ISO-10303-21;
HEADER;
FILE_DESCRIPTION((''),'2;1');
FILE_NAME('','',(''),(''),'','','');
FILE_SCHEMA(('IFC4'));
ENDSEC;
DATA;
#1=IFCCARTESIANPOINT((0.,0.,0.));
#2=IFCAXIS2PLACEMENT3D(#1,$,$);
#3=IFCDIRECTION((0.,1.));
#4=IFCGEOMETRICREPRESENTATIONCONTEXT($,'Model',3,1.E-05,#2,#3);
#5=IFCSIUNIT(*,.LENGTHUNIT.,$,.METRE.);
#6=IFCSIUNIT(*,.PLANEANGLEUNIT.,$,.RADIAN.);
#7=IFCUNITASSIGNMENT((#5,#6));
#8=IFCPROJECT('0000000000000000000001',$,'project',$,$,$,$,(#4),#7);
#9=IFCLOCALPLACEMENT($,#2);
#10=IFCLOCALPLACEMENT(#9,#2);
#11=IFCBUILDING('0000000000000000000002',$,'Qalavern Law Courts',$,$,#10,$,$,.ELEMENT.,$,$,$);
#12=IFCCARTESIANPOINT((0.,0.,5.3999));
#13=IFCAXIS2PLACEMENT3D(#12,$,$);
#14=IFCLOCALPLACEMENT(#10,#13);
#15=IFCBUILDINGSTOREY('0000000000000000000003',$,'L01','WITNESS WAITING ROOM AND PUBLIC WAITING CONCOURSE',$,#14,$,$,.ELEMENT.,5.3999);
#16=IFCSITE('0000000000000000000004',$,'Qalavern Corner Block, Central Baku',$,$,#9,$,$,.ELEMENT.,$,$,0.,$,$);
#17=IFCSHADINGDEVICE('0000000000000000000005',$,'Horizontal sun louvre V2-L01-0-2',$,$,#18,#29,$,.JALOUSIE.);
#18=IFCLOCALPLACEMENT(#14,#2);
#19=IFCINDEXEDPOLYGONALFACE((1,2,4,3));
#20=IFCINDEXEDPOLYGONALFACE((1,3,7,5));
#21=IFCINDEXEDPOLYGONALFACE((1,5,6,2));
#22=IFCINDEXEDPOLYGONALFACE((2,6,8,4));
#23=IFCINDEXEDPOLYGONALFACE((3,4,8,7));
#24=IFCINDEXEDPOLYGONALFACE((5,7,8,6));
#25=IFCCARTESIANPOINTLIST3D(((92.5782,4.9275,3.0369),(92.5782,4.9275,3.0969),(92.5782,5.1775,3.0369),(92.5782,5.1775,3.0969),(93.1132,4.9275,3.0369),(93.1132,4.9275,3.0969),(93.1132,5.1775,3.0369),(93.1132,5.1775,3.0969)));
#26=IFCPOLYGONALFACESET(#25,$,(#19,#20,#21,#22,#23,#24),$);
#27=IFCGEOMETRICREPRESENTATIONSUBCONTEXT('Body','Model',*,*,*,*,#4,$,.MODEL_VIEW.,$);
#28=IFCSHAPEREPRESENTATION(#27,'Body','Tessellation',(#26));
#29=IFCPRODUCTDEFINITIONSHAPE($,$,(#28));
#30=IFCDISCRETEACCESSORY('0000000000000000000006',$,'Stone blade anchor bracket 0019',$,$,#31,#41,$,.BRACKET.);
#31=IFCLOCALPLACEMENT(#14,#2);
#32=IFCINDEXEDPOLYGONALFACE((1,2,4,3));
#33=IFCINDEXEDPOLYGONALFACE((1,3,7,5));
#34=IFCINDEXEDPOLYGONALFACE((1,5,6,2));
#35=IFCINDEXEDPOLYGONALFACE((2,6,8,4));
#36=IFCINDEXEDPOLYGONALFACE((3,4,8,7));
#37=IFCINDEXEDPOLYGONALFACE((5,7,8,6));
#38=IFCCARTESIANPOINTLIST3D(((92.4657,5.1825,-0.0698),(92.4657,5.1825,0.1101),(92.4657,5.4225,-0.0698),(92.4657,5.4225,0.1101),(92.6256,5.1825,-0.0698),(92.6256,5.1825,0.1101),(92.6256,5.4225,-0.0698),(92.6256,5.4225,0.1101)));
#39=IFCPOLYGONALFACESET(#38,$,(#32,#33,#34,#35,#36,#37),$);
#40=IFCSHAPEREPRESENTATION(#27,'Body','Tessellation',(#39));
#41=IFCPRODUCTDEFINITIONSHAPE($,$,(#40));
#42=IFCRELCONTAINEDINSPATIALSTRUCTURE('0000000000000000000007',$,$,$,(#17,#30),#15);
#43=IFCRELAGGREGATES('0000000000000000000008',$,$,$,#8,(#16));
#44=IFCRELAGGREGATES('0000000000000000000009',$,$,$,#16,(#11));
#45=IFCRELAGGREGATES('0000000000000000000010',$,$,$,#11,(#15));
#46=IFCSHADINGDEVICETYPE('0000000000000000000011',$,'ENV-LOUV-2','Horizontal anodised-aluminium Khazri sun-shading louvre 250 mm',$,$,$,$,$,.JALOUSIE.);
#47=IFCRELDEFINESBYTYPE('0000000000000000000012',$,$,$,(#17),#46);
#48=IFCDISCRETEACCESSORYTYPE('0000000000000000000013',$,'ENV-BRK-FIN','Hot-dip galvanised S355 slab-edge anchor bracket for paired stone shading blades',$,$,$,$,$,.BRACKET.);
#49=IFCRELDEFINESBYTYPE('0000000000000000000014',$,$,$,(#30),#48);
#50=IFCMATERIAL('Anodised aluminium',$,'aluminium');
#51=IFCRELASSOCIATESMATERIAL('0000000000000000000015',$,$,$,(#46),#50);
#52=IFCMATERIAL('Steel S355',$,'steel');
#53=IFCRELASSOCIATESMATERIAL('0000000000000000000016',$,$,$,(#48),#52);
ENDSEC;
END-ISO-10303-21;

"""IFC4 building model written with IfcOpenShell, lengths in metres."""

from ifc_helpers import new_model, si_unit, direction, frame, origin, origin_2d, place, context, subcontext, project, spatial, rectangle, extrude, material, type_object, element, save


model = new_model("IFC4")

# Units and contexts
model_context = context("Model", 3, precision=1e-05, world=origin(), true_north=direction((0.0, 1.0)))
body_context = subcontext(model_context, "Body", "Model", "MODEL_VIEW")
ifc_project = project(units=[si_unit("LENGTHUNIT", "METRE"), si_unit("PLANEANGLEUNIT", "RADIAN")], contexts=[model_context])

# Site, building, storey
site_placement = place(None, origin())
site = spatial("IfcSite", under=ifc_project, at=site_placement, Name="Qalavern Corner Block, Central Baku", CompositionType="ELEMENT", RefElevation=0.0)
building_placement = place(site_placement, origin())
building = spatial("IfcBuilding", under=site, at=building_placement, Name="Qalavern Law Courts", CompositionType="ELEMENT")
storey_placement = place(building_placement, frame((0.0, 0.0, 5.3999)))
storey = spatial("IfcBuildingStorey", under=building, at=storey_placement, Name="L01", Description="WITNESS WAITING ROOM AND PUBLIC WAITING CONCOURSE", CompositionType="ELEMENT", Elevation=5.3999)

# Shared definitions
ifc_material_1 = material(Name="Anodised aluminium", Category="aluminium")

# Shared definitions
ifc_material_2 = material(Name="Steel S355", Category="steel")

# Shading device
shading_device_type_1 = type_object("IfcShadingDeviceType", Name="ENV-LOUV-2", Description="Horizontal anodised-aluminium Khazri sun-shading louvre 250 mm", PredefinedType="JALOUSIE", material=ifc_material_1)
for number, where, z_axis, x_axis, name in (
    (1, (92.8457, 5.0525, 3.0369), (0.0, 0.0, 1.0), (1.0, 0.0, 0.0), "Horizontal sun louvre V2-L01-0-2"),
):
    element("IfcShadingDevice", number, at=place(storey_placement, frame(where, z_axis=z_axis, x_axis=x_axis)), inside=storey, type_object=shading_device_type_1, Name=name, PredefinedType="JALOUSIE", context=body_context, shape_type="SweptSolid", body=[
        extrude(rectangle(XDim=0.5349, YDim=0.25, at=origin_2d()), origin(), (0.0, 0.0, 1.0), 0.0601),
    ])

# Discrete accessory
discrete_accessory_type = type_object("IfcDiscreteAccessoryType", Name="ENV-BRK-FIN", Description="Hot-dip galvanised S355 slab-edge anchor bracket for paired stone shading blades", PredefinedType="BRACKET", material=ifc_material_2)
discrete_accessory_placement = place(storey_placement, frame((92.5457, 5.3025, -0.0698), z_axis=(0.0, 0.0, 1.0), x_axis=(0.0, -1.0, 0.0)))
element("IfcDiscreteAccessory", 2, at=discrete_accessory_placement, inside=storey, type_object=discrete_accessory_type, Name="Stone blade anchor bracket 0019", PredefinedType="BRACKET", context=body_context, shape_type="SweptSolid", body=[
    extrude(rectangle(XDim=0.24, YDim=0.1599, at=origin_2d()), origin(), (0.0, 0.0, 1.0), 0.1799),
])

save(model, "model.ifc")
